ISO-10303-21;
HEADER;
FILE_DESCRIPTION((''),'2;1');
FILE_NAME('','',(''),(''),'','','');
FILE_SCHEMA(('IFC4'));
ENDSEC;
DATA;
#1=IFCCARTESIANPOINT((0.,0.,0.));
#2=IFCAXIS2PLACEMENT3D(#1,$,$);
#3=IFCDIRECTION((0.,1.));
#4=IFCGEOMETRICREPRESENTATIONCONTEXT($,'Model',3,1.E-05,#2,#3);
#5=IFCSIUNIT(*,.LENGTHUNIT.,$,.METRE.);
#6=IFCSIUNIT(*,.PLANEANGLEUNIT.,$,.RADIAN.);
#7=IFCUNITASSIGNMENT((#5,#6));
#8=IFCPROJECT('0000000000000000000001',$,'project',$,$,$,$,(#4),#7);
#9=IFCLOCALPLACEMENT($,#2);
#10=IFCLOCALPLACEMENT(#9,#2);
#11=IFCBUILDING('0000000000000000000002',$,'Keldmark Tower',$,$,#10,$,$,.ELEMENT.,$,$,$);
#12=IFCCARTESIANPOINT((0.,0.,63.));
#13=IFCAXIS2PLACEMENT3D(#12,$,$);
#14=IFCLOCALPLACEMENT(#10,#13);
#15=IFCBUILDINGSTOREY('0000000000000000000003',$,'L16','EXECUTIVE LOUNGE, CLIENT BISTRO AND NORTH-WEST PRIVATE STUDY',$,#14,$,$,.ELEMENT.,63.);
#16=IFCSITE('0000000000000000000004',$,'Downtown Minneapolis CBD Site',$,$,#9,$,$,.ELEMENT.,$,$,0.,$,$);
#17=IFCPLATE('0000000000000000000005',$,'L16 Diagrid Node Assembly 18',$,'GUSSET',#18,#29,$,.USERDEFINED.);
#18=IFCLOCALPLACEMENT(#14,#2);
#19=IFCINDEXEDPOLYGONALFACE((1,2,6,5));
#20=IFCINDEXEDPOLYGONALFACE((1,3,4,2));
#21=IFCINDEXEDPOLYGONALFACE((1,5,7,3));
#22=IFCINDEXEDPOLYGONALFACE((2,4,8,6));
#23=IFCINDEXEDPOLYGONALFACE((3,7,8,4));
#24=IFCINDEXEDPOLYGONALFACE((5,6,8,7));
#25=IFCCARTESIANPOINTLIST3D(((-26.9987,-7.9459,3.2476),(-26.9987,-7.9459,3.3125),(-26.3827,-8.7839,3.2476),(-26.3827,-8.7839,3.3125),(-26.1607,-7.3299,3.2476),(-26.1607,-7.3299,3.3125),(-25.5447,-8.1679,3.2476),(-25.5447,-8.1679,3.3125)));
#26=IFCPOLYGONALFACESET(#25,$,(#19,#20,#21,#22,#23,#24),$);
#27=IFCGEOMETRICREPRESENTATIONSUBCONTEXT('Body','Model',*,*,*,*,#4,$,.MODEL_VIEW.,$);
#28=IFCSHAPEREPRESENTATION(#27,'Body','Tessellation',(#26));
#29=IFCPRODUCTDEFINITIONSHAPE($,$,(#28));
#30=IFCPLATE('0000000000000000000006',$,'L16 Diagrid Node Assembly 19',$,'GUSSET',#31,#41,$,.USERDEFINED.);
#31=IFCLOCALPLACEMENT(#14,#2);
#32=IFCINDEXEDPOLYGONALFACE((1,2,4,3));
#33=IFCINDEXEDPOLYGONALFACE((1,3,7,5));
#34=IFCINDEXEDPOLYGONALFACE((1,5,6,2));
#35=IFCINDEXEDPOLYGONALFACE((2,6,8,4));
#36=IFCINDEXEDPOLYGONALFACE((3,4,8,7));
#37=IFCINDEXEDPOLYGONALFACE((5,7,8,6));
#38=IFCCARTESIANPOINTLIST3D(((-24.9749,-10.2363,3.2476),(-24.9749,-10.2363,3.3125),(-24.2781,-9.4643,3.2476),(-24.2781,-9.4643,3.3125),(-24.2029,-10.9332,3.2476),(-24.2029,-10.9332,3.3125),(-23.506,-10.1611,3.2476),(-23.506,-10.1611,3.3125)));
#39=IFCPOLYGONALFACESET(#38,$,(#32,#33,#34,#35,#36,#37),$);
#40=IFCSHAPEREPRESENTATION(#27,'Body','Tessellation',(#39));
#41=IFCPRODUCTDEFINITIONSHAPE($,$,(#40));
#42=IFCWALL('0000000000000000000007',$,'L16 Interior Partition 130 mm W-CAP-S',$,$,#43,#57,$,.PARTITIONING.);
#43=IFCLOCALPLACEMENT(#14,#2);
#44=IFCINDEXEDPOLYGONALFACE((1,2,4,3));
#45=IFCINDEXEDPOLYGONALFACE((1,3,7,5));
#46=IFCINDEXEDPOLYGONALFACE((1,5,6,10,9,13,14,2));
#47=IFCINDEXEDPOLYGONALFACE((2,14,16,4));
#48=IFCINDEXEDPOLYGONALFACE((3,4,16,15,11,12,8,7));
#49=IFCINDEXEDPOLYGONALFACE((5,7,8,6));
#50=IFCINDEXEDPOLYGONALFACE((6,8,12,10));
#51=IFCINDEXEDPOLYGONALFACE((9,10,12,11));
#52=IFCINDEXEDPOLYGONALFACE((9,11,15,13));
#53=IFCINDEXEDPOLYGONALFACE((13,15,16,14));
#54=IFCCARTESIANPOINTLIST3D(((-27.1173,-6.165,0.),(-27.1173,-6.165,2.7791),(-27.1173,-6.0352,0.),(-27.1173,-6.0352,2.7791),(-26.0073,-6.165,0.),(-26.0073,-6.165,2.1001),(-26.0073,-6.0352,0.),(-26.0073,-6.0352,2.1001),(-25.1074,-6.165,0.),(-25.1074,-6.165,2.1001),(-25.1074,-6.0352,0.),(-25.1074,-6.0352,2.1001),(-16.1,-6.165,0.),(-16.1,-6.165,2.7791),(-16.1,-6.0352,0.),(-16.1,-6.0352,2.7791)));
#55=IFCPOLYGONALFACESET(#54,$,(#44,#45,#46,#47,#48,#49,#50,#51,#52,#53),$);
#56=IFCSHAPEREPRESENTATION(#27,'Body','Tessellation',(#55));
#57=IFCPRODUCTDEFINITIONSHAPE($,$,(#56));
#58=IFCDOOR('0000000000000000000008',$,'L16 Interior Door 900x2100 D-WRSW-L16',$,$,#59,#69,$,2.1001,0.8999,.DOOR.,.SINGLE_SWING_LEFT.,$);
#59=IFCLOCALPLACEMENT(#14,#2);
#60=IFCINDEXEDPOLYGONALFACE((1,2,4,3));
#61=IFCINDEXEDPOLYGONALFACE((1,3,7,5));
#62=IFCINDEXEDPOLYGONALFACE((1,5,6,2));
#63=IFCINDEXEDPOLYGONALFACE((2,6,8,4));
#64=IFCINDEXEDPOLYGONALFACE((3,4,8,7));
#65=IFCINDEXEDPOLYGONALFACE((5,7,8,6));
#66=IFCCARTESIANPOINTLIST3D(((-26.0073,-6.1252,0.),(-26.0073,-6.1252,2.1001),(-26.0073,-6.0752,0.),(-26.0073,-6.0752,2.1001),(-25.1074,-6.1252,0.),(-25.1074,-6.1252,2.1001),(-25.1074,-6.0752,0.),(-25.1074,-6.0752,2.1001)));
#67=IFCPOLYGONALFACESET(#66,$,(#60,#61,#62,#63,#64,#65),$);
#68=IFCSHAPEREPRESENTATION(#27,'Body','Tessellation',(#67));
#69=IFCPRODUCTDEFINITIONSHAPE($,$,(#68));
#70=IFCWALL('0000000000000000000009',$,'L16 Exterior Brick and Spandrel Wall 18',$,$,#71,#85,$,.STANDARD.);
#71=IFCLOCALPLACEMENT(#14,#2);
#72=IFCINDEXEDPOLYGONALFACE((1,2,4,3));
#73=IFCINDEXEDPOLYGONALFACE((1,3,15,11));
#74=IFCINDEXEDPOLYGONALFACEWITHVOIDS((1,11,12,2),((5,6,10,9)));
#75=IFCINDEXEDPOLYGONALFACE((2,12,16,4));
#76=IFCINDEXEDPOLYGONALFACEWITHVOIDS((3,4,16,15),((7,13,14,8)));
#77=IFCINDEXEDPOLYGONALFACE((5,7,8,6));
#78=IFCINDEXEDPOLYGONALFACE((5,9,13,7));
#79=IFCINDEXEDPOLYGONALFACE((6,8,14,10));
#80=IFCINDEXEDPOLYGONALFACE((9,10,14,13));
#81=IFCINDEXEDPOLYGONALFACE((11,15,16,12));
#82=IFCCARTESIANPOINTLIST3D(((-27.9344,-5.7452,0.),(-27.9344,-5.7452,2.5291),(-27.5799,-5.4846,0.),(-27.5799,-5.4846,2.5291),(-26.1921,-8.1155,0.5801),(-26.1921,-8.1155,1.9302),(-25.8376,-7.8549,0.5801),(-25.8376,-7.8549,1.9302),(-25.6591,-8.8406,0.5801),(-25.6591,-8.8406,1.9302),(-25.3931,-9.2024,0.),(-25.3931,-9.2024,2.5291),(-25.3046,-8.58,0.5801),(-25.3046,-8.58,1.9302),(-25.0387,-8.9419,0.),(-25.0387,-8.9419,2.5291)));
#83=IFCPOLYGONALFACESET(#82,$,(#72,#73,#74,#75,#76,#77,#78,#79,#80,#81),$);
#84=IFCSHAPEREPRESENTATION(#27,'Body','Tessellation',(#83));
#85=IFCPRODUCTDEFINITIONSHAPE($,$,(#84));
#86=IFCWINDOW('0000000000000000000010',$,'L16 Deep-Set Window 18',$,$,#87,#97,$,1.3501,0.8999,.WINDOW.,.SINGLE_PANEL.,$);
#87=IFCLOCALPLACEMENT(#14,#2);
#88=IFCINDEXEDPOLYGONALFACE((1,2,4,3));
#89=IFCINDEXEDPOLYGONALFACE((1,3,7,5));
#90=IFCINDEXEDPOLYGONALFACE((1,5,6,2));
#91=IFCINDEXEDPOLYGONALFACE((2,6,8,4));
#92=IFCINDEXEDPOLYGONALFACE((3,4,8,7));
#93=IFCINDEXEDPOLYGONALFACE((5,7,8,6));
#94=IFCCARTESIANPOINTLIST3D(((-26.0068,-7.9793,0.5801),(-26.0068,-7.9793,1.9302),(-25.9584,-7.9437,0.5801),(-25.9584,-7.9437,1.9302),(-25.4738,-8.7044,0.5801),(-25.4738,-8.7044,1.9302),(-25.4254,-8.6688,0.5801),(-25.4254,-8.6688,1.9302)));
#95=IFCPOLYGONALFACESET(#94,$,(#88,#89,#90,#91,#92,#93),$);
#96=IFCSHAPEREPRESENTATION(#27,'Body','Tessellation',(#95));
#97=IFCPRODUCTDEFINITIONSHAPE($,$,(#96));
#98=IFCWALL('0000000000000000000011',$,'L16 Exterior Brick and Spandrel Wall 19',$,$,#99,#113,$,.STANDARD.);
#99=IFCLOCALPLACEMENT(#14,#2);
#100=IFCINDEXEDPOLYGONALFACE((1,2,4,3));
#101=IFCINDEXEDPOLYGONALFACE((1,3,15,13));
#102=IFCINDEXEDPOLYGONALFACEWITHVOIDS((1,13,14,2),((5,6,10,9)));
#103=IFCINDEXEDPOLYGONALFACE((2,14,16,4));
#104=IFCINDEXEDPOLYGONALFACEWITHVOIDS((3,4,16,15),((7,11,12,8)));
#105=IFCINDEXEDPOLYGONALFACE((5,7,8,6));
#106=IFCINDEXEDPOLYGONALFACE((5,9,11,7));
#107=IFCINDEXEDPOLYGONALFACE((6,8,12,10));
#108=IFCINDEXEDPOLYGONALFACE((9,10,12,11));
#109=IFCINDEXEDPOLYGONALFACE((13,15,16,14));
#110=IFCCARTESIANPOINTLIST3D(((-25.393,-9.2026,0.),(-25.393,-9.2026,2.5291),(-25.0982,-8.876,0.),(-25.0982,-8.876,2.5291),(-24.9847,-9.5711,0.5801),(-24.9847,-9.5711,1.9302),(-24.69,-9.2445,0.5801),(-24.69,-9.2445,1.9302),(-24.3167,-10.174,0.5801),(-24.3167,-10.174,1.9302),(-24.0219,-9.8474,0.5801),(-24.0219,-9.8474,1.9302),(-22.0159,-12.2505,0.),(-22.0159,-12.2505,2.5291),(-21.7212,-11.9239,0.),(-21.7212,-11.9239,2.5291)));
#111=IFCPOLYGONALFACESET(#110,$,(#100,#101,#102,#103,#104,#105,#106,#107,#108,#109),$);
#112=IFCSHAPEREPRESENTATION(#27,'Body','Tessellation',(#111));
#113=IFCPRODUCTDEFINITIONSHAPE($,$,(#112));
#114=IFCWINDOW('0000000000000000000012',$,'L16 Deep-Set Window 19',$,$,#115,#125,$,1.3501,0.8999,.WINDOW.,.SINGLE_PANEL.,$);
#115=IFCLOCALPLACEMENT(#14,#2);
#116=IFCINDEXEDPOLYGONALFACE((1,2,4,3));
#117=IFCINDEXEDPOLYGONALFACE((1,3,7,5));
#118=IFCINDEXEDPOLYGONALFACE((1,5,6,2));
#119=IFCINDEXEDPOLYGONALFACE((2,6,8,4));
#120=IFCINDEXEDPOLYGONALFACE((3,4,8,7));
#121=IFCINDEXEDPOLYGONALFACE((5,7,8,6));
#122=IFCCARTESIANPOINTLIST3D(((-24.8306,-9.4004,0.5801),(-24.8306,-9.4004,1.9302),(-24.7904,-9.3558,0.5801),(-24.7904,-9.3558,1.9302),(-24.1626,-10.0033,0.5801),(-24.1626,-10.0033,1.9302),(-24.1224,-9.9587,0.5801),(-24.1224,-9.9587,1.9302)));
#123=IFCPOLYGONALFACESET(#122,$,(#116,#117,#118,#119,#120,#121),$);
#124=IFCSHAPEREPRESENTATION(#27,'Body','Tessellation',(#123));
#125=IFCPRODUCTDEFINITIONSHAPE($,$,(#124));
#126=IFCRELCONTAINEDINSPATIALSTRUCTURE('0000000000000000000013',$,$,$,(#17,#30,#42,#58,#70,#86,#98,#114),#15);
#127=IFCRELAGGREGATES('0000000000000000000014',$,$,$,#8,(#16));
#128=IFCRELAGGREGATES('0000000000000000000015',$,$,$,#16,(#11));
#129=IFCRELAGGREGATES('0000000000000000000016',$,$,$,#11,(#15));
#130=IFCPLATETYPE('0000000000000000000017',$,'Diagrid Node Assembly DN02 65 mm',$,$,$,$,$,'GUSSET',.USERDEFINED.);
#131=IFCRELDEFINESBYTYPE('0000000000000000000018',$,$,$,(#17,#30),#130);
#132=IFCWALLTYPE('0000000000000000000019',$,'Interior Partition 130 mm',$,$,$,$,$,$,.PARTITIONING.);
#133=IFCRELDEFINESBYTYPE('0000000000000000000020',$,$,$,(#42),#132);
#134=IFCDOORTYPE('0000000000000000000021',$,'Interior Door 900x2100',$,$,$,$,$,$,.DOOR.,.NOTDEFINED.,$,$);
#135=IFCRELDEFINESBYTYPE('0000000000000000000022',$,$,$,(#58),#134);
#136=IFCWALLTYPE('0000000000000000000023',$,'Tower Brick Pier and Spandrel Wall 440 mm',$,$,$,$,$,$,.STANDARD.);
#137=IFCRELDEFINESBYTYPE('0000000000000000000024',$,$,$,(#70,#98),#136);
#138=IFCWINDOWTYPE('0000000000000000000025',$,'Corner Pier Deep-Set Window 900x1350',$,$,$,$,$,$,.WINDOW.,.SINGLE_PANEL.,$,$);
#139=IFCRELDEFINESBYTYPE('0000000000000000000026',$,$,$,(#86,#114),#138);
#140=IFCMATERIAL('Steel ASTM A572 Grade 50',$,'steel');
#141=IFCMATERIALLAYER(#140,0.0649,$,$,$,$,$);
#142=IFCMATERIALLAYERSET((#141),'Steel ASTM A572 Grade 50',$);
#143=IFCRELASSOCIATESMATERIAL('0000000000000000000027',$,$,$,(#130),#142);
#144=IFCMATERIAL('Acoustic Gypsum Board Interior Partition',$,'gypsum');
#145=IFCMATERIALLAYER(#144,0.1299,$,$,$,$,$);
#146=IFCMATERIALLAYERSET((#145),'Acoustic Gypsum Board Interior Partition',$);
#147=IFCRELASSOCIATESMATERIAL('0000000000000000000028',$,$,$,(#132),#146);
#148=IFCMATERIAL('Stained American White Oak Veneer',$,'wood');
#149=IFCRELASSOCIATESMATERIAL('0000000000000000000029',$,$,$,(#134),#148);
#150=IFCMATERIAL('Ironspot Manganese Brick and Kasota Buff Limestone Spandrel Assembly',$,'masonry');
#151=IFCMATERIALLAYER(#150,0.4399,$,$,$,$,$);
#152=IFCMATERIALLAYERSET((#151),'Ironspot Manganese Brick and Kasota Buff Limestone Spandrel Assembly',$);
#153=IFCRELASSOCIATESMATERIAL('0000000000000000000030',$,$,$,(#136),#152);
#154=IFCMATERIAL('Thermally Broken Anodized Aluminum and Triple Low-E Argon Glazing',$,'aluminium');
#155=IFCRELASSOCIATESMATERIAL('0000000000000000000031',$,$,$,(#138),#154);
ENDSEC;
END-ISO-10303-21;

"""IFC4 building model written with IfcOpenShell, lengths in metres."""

from ifc_helpers import new_model, si_unit, direction, frame, frame_2d, origin, origin_2d, place, context, subcontext, project, spatial, rectangle, extrude, material, layer, layer_set, type_object, element, fill, save


model = new_model("IFC4")

# Units and contexts
model_context = context("Model", 3, precision=1e-05, world=origin(), true_north=direction((0.0, 1.0)))
body_context = subcontext(model_context, "Body", "Model", "MODEL_VIEW")
ifc_project = project(units=[si_unit("LENGTHUNIT", "METRE"), si_unit("PLANEANGLEUNIT", "RADIAN")], contexts=[model_context])

# Site, building, storey
site_placement = place(None, origin())
site = spatial("IfcSite", under=ifc_project, at=site_placement, Name="Downtown Minneapolis CBD Site", CompositionType="ELEMENT", RefElevation=0.0)
building_placement = place(site_placement, origin())
building = spatial("IfcBuilding", under=site, at=building_placement, Name="Keldmark Tower", CompositionType="ELEMENT")
storey_placement = place(building_placement, frame((0.0, 0.0, 63.0)))
storey = spatial("IfcBuildingStorey", under=building, at=storey_placement, Name="L16", Description="EXECUTIVE LOUNGE, CLIENT BISTRO AND NORTH-WEST PRIVATE STUDY", CompositionType="ELEMENT", Elevation=63.0)

# Plates
ifc_material_1 = material(Name="Steel ASTM A572 Grade 50", Category="steel")
ifc_layer_1 = layer(ifc_material_1, 0.0649)
ifc_layer_set_1 = layer_set([ifc_layer_1], Name="Steel ASTM A572 Grade 50")
plate_type = type_object("IfcPlateType", Name="Diagrid Node Assembly DN02 65 mm", ElementType="GUSSET", PredefinedType="USERDEFINED", material=ifc_layer_set_1)
for number, where, z_axis, x_axis, name in (
    (1, (-26.2717, -8.0569, 3.2476), (0.0, 0.0, 1.0), (0.592294, -0.805722, 0.0), "L16 Diagrid Node Assembly 18"),
    (2, (-24.2405, -10.1987, 3.2476), (0.0, 0.0, 1.0), (0.742327, -0.670038, 0.0), "L16 Diagrid Node Assembly 19"),
):
    element("IfcPlate", number, at=place(storey_placement, frame(where, z_axis=z_axis, x_axis=x_axis)), inside=storey, type_object=plate_type, Name=name, ObjectType="GUSSET", PredefinedType="USERDEFINED", context=body_context, shape_type="SweptSolid", body=[
        extrude(rectangle(XDim=1.04, YDim=1.04, at=origin_2d()), origin(), (0.0, 0.0, 1.0), 0.0649),
    ])

# Wall, opening, door
ifc_material_2 = material(Name="Acoustic Gypsum Board Interior Partition", Category="gypsum")
ifc_layer_2 = layer(ifc_material_2, 0.1299)
ifc_layer_set_2 = layer_set([ifc_layer_2], Name="Acoustic Gypsum Board Interior Partition")
wall_type_1 = type_object("IfcWallType", Name="Interior Partition 130 mm", PredefinedType="PARTITIONING", material=ifc_layer_set_2)
wall_1_placement = place(storey_placement, frame((-27.1174, -6.1001, 0.0), z_axis=(0.0, 0.0, 1.0), x_axis=(1.0, 0.0, 0.0)))
wall_1 = element("IfcWall", 3, at=wall_1_placement, inside=storey, type_object=wall_type_1, Name="L16 Interior Partition 130 mm W-CAP-S", PredefinedType="PARTITIONING", context=body_context, shape_type="SweptSolid", body=[
    extrude(rectangle(XDim=11.0173, YDim=0.1299, at=frame_2d((5.5088, 0.0))), origin(), (0.0, 0.0, 1.0), 2.7791),
])
opening_1_placement = place(wall_1_placement, frame((1.1101, 0.0, 0.0)))
opening_1 = element("IfcOpeningElement", 4, at=opening_1_placement, cuts=wall_1, PredefinedType="OPENING", context=body_context, shape_type="SweptSolid", body=[
    extrude(rectangle(XDim=0.8999, YDim=2.1001, at=frame_2d((0.45, 1.05))), frame((0.0, 0.075, 0.0), z_axis=(0.0, -1.0, 0.0), x_axis=(1.0, 0.0, 0.0)), (0.0, 0.0, 1.0), 0.1499),
])
ifc_material_3 = material(Name="Stained American White Oak Veneer", Category="wood")
door_type = type_object("IfcDoorType", Name="Interior Door 900x2100", OperationType="NOTDEFINED", PredefinedType="DOOR", material=ifc_material_3)
door_placement = place(opening_1_placement, origin())
door = element("IfcDoor", 5, at=door_placement, inside=storey, type_object=door_type, Name="L16 Interior Door 900x2100 D-WRSW-L16", OperationType="SINGLE_SWING_LEFT", OverallHeight=2.1001, OverallWidth=0.8999, PredefinedType="DOOR", context=body_context, shape_type="SweptSolid", body=[
    extrude(rectangle(XDim=0.8999, YDim=2.1001, at=frame_2d((0.45, 1.05))), frame((0.0, 0.0249, 0.0), z_axis=(0.0, -1.0, 0.0), x_axis=(1.0, 0.0, 0.0)), (0.0, 0.0, 1.0), 0.05),
])
fill(opening_1, door)

# Walls, openings, windows
ifc_material_4 = material(Name="Ironspot Manganese Brick and Kasota Buff Limestone Spandrel Assembly", Category="masonry")
ifc_layer_3 = layer(ifc_material_4, 0.4399)
ifc_layer_set_3 = layer_set([ifc_layer_3], Name="Ironspot Manganese Brick and Kasota Buff Limestone Spandrel Assembly")
wall_type_2 = type_object("IfcWallType", Name="Tower Brick Pier and Spandrel Wall 440 mm", PredefinedType="STANDARD", material=ifc_layer_set_3)
wall_2_placement = place(storey_placement, frame((-25.2158, -9.0723, 0.0), z_axis=(0.0, 0.0, 1.0), x_axis=(-0.592261, 0.805746, 0.0)))
wall_2 = element("IfcWall", 6, at=wall_2_placement, inside=storey, type_object=wall_type_2, Name="L16 Exterior Brick and Spandrel Wall 18", PredefinedType="STANDARD", context=body_context, shape_type="SweptSolid", body=[
    extrude(rectangle(XDim=4.2908, YDim=0.4399, at=frame_2d((2.1455, 0.0))), origin(), (0.0, 0.0, 1.0), 2.5291),
])
opening_2_placement = place(wall_2_placement, frame((0.4492, 0.0, 0.5801)))
opening_2 = element("IfcOpeningElement", 7, at=opening_2_placement, cuts=wall_2, PredefinedType="OPENING", context=body_context, shape_type="SweptSolid", body=[
    extrude(rectangle(XDim=0.8999, YDim=1.3501, at=frame_2d((0.45, 0.675))), frame((0.0, 0.23, 0.0), z_axis=(0.0, -1.0, 0.0), x_axis=(1.0, 0.0, 0.0)), (0.0, 0.0, 1.0), 0.46),
])
ifc_material_5 = material(Name="Thermally Broken Anodized Aluminum and Triple Low-E Argon Glazing", Category="aluminium")
window_type = type_object("IfcWindowType", Name="Corner Pier Deep-Set Window 900x1350", PartitioningType="SINGLE_PANEL", PredefinedType="WINDOW", material=ifc_material_5)
window_1_placement = place(opening_2_placement, origin())
window_1 = element("IfcWindow", 8, at=window_1_placement, inside=storey, type_object=window_type, Name="L16 Deep-Set Window 18", OverallHeight=1.3501, OverallWidth=0.8999, PartitioningType="SINGLE_PANEL", PredefinedType="WINDOW", context=body_context, shape_type="SweptSolid", body=[
    extrude(rectangle(XDim=0.8999, YDim=1.3501, at=frame_2d((0.45, 0.675))), frame((0.0, -0.01, 0.0), z_axis=(0.0, -1.0, 0.0), x_axis=(1.0, 0.0, 0.0)), (0.0, 0.0, 1.0), 0.0601),
])
fill(opening_2, window_1)
wall_3_placement = place(storey_placement, frame((-21.8687, -12.0872, 0.0), z_axis=(0.0, 0.0, 1.0), x_axis=(-0.742354, 0.670008, 0.0)))
wall_3 = element("IfcWall", 9, at=wall_3_placement, inside=storey, type_object=wall_type_2, Name="L16 Exterior Brick and Spandrel Wall 19", PredefinedType="STANDARD", context=body_context, shape_type="SweptSolid", body=[
    extrude(rectangle(XDim=4.5491, YDim=0.4399, at=frame_2d((2.2744, 0.0))), origin(), (0.0, 0.0, 1.0), 2.5291),
])
opening_3_placement = place(wall_3_placement, frame((3.0991, 0.0, 0.5801)))
opening_3 = element("IfcOpeningElement", 10, at=opening_3_placement, cuts=wall_3, PredefinedType="OPENING", context=body_context, shape_type="SweptSolid", body=[
    extrude(rectangle(XDim=0.8999, YDim=1.3501, at=frame_2d((0.45, 0.675))), frame((0.0, 0.23, 0.0), z_axis=(0.0, -1.0, 0.0), x_axis=(1.0, 0.0, 0.0)), (0.0, 0.0, 1.0), 0.46),
])
window_2_placement = place(opening_3_placement, origin())
window_2 = element("IfcWindow", 11, at=window_2_placement, inside=storey, type_object=window_type, Name="L16 Deep-Set Window 19", OverallHeight=1.3501, OverallWidth=0.8999, PartitioningType="SINGLE_PANEL", PredefinedType="WINDOW", context=body_context, shape_type="SweptSolid", body=[
    extrude(rectangle(XDim=0.8999, YDim=1.3501, at=frame_2d((0.45, 0.675))), frame((0.0, -0.01, 0.0), z_axis=(0.0, -1.0, 0.0), x_axis=(1.0, 0.0, 0.0)), (0.0, 0.0, 1.0), 0.0601),
])
fill(opening_3, window_2)

save(model, "model.ifc")
